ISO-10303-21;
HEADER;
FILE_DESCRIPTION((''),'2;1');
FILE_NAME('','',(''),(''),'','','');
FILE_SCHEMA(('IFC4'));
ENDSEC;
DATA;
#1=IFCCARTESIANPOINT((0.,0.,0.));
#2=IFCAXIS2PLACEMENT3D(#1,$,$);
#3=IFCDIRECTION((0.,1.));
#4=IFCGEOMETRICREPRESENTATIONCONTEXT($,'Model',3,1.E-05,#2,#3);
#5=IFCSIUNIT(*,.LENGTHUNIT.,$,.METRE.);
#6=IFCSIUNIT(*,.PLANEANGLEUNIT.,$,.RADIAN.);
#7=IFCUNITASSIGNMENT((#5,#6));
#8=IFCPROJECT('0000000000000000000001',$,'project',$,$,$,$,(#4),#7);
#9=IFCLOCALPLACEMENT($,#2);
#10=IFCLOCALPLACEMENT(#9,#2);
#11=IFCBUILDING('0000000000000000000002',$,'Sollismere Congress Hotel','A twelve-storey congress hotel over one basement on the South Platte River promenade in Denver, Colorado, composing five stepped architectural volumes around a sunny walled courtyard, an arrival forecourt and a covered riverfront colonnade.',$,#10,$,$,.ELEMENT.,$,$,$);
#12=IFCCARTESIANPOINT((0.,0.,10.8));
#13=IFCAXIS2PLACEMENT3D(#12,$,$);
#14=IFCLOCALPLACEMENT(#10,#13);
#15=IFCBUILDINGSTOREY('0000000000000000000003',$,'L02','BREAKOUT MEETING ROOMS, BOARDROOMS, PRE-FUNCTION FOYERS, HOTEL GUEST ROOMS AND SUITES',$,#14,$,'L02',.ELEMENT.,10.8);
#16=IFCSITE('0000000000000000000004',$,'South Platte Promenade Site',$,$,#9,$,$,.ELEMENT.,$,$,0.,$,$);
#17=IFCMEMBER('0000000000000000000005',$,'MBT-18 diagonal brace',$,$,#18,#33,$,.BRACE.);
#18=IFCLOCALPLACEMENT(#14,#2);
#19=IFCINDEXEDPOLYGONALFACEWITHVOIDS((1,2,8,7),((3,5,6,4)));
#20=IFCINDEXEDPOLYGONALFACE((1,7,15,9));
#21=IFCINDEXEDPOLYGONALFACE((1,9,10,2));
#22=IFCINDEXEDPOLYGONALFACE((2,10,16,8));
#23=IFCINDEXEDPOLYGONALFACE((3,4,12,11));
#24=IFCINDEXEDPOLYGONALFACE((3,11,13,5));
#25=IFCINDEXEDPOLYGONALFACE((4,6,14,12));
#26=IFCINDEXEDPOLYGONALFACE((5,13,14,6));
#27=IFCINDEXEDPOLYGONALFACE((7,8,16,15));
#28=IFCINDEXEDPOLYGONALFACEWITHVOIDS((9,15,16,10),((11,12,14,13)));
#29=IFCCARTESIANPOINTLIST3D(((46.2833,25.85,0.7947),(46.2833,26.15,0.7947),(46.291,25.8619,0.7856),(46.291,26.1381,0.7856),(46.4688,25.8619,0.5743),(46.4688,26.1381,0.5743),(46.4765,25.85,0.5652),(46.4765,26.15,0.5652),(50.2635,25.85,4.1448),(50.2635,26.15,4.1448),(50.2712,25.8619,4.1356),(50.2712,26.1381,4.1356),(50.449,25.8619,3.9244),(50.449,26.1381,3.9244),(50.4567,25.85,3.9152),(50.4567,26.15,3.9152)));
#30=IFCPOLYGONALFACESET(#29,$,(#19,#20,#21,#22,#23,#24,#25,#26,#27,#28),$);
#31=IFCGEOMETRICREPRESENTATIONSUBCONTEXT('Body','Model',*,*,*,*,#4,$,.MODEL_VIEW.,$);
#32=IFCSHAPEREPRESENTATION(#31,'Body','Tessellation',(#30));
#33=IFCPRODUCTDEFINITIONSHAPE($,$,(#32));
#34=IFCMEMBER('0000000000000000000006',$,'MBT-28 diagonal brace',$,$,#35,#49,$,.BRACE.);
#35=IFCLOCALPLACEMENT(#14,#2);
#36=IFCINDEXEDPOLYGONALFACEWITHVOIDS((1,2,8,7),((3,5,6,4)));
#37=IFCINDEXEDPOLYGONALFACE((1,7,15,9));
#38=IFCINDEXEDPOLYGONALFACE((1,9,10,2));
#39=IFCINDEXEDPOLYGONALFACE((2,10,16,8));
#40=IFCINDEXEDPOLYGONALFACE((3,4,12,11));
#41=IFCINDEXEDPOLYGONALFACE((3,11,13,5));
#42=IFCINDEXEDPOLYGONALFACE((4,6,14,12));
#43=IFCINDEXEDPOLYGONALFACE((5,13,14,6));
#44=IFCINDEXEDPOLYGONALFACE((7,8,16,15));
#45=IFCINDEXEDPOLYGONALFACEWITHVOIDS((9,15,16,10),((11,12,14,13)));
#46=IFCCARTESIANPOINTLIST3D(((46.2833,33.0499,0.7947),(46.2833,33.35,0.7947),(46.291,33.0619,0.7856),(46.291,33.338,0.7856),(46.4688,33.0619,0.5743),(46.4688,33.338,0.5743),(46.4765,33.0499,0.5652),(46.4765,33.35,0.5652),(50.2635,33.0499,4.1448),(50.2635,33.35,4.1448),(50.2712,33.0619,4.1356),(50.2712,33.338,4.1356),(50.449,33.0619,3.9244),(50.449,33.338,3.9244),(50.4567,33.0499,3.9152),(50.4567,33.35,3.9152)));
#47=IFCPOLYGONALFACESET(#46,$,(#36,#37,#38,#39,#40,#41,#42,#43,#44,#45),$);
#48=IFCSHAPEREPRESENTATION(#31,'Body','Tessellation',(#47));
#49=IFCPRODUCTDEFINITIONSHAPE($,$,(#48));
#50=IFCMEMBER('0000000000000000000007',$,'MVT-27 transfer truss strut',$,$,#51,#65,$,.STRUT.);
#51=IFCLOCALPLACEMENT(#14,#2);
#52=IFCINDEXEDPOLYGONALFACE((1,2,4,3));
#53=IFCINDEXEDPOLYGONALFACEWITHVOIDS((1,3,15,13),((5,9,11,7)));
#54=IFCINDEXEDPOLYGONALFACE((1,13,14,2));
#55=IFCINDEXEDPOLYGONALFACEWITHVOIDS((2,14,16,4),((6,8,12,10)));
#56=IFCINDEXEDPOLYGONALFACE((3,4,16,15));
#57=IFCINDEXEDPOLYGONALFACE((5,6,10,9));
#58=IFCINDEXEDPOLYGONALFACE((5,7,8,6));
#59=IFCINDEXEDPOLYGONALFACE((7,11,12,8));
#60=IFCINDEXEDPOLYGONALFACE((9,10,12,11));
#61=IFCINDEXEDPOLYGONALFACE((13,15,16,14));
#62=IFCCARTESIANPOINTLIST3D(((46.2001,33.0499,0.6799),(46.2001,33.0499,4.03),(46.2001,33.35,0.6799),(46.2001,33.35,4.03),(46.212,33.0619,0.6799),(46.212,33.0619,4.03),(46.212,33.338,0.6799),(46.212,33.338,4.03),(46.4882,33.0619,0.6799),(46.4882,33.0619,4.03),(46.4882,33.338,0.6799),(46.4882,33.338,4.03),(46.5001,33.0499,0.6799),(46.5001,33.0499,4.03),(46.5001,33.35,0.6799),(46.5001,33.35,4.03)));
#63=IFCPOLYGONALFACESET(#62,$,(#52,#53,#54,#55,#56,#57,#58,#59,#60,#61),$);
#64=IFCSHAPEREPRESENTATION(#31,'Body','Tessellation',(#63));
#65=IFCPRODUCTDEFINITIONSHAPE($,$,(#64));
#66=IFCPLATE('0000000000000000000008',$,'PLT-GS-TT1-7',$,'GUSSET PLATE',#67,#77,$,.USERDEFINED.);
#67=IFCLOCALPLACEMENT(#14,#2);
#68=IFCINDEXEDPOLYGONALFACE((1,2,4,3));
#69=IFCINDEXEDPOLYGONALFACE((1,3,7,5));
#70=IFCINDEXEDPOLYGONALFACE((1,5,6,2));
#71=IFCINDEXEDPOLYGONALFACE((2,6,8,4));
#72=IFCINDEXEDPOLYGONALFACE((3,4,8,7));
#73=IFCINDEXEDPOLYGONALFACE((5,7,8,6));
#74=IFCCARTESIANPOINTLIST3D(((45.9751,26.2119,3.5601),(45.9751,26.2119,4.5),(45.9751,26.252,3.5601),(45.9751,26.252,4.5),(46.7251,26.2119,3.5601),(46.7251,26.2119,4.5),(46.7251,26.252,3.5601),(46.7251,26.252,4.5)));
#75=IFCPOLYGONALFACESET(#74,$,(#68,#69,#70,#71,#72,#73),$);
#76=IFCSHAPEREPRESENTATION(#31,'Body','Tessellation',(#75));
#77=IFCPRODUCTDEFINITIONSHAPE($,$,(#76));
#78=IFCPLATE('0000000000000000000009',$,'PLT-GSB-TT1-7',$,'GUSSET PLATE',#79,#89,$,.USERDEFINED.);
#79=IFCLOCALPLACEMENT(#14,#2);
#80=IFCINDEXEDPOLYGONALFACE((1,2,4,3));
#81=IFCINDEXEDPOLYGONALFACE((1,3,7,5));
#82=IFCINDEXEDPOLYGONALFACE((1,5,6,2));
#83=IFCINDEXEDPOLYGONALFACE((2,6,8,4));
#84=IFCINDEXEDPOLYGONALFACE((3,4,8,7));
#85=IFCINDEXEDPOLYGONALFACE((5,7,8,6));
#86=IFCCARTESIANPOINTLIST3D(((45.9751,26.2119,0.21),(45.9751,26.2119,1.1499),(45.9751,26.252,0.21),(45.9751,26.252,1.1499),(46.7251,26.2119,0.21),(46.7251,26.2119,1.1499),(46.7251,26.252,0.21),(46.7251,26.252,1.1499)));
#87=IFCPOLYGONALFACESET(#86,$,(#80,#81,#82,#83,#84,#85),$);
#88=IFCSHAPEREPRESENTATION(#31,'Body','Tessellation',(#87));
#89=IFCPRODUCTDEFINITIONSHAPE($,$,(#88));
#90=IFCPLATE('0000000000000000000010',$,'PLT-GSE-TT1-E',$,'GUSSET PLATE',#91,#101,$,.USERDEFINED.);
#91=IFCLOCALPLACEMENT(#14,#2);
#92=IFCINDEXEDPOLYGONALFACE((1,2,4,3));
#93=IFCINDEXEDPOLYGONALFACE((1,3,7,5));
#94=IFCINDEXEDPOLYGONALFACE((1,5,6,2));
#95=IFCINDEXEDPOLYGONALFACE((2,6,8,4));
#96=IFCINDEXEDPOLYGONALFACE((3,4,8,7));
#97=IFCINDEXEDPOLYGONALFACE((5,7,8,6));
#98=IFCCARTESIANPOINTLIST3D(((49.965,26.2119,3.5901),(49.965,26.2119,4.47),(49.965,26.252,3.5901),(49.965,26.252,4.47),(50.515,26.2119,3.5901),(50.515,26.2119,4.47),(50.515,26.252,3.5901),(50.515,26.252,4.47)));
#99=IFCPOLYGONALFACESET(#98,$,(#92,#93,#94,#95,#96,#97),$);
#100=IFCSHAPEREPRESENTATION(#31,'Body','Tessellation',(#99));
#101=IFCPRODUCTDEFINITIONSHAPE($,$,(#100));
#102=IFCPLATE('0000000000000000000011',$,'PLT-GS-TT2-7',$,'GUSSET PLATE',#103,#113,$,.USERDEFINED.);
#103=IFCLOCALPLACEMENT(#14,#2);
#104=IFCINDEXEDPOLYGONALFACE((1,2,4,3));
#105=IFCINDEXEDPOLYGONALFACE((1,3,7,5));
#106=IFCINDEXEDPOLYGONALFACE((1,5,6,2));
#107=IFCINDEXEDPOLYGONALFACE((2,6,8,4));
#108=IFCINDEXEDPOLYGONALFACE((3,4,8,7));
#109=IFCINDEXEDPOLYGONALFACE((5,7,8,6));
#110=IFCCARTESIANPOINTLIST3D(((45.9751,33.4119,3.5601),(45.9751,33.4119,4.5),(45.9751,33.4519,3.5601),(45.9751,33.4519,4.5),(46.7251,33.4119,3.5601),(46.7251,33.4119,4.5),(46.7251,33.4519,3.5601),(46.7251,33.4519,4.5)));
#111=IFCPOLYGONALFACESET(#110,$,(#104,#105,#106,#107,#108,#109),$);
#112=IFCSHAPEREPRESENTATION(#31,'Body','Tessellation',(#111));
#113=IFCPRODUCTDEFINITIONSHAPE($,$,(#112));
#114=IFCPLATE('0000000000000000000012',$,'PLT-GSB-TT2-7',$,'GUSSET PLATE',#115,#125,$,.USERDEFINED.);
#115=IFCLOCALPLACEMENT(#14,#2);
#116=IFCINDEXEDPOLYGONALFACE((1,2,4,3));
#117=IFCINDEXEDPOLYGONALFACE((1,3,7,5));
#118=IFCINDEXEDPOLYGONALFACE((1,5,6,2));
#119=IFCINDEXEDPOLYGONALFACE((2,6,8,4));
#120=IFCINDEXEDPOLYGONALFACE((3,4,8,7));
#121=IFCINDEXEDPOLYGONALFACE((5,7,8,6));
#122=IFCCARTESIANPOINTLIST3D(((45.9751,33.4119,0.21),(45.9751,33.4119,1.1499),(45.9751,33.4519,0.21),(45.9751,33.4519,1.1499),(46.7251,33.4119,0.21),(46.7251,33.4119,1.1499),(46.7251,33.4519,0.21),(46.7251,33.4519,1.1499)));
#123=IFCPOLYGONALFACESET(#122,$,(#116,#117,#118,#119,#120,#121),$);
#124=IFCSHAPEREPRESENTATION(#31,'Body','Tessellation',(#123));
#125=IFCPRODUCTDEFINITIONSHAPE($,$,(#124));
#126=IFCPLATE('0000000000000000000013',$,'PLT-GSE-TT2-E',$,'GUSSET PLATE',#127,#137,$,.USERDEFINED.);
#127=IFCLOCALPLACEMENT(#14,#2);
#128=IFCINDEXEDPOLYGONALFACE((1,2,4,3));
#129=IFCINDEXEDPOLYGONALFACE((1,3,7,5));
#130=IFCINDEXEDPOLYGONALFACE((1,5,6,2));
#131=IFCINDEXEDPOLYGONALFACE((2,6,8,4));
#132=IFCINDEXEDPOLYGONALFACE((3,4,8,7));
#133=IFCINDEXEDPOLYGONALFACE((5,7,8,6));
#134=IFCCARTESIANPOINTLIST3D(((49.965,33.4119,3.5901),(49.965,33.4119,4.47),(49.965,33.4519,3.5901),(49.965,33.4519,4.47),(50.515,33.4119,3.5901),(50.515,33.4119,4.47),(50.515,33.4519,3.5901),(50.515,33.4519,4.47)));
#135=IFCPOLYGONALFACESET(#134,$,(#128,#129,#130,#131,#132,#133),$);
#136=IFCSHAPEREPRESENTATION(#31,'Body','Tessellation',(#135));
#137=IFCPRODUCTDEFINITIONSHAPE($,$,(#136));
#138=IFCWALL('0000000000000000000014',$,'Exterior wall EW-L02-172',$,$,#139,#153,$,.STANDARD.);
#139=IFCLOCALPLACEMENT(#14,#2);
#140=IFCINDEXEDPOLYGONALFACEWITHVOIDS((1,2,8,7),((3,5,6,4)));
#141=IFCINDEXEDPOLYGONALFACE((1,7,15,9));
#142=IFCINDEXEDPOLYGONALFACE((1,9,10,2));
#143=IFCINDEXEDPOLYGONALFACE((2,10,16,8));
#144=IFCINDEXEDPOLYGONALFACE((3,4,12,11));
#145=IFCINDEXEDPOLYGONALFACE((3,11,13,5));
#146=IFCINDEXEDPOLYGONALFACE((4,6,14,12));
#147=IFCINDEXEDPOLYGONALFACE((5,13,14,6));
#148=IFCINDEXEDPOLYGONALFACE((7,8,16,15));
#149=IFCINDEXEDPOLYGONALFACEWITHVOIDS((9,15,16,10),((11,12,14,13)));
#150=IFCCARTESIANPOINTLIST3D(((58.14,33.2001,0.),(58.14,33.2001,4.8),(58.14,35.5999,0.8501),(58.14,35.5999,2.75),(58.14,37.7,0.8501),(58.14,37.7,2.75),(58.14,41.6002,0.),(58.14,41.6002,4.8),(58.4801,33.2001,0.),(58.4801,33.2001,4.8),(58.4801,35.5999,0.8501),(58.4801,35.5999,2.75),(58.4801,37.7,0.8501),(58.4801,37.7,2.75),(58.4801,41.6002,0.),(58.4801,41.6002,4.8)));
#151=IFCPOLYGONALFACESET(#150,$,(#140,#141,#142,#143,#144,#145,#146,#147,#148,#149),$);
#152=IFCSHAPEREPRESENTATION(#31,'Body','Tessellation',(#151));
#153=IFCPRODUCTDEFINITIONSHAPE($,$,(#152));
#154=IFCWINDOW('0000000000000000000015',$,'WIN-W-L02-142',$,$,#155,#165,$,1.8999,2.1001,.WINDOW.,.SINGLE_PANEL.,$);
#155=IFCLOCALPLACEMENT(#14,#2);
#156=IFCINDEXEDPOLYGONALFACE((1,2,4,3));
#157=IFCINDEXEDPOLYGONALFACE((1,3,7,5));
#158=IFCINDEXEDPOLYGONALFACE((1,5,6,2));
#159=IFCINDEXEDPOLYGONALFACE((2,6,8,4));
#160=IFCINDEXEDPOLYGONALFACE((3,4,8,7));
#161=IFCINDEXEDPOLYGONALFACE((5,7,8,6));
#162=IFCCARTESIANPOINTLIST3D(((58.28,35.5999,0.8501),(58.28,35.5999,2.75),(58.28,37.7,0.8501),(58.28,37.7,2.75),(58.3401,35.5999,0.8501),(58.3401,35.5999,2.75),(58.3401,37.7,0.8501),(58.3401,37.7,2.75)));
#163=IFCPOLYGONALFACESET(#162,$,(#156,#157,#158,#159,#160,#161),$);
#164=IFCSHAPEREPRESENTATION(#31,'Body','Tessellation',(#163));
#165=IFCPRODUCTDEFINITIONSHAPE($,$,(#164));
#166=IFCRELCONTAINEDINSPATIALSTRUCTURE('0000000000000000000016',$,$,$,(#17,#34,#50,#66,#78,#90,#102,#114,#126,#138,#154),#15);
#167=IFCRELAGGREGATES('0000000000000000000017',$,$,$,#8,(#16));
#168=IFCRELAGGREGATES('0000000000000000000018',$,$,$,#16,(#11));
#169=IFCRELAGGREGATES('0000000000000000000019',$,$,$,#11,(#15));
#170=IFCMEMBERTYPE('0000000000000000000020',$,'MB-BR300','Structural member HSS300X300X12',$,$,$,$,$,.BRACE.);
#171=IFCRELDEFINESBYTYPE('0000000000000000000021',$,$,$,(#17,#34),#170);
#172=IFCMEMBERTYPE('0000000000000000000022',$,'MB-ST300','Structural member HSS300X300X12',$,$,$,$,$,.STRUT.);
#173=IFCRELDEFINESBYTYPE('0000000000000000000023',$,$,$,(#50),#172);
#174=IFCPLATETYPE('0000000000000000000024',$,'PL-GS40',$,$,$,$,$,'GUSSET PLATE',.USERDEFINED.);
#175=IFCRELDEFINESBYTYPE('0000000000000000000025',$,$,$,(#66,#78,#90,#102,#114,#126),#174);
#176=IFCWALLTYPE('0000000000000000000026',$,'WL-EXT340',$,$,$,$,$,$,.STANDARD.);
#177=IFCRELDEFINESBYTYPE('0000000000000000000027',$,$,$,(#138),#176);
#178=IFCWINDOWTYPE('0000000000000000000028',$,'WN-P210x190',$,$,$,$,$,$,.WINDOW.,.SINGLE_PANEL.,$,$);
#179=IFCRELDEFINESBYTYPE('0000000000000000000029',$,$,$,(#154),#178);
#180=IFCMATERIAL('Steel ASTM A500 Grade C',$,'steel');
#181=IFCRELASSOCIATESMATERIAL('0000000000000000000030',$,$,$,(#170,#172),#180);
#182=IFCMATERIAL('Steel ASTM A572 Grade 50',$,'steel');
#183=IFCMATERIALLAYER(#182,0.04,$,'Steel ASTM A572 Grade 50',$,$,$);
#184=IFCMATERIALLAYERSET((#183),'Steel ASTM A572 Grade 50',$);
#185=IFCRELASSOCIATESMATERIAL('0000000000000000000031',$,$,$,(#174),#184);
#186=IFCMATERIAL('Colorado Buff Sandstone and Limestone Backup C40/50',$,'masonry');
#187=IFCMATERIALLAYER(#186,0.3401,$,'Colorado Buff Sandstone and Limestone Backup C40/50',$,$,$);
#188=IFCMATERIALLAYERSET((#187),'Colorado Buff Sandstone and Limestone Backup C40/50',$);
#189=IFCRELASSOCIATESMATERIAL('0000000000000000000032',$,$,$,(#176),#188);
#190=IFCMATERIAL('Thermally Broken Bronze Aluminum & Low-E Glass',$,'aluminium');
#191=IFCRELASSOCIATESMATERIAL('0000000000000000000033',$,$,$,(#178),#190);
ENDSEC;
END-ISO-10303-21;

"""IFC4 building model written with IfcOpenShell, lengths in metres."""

from ifc_helpers import new_model, si_unit, direction, frame, frame_2d, origin, origin_2d, place, context, subcontext, project, spatial, rectangle, hollow_rectangle, extrude, material, layer, layer_set, material_profile, profile_set, type_object, element, fill, save


model = new_model("IFC4")

# Units and contexts
model_context = context("Model", 3, precision=1e-05, world=origin(), true_north=direction((0.0, 1.0)))
body_context = subcontext(model_context, "Body", "Model", "MODEL_VIEW")
ifc_project = project(units=[si_unit("LENGTHUNIT", "METRE"), si_unit("PLANEANGLEUNIT", "RADIAN")], contexts=[model_context])

# Site, building, storey
site_placement = place(None, origin())
site = spatial("IfcSite", under=ifc_project, at=site_placement, Name="South Platte Promenade Site", CompositionType="ELEMENT", RefElevation=0.0)
building_placement = place(site_placement, origin())
building = spatial("IfcBuilding", under=site, at=building_placement, Name="Sollismere Congress Hotel", Description="A twelve-storey congress hotel over one basement on the South Platte River promenade in Denver, Colorado, composing five stepped architectural volumes around a sunny walled courtyard, an arrival forecourt and a covered riverfront colonnade.", CompositionType="ELEMENT")
storey_placement = place(building_placement, frame((0.0, 0.0, 10.8)))
storey = spatial("IfcBuildingStorey", under=building, at=storey_placement, Name="L02", Description="BREAKOUT MEETING ROOMS, BOARDROOMS, PRE-FUNCTION FOYERS, HOTEL GUEST ROOMS AND SUITES", LongName="L02", CompositionType="ELEMENT", Elevation=10.8)

# Members
ifc_material_1 = material(Name="Steel ASTM A500 Grade C", Category="steel")
ifc_material_profile_1 = material_profile(ifc_material_1, hollow_rectangle(XDim=0.3, YDim=0.3, WallThickness=0.012, at=origin_2d()), Name="HSS300X300X12")
ifc_profile_set_1 = profile_set([ifc_material_profile_1], Name="Steel ASTM A500 Grade C")
member_type_1 = type_object("IfcMemberType", Name="MB-BR300", Description="Structural member HSS300X300X12", PredefinedType="BRACE", material=ifc_profile_set_1)
for number, where, z_axis, x_axis, name in (
    (1, (46.3799, 26.0, 0.6799), (0.765069, 0.0, 0.643948), (0.0, 1.0, 0.0), "MBT-18 diagonal brace"),
    (2, (46.3799, 33.2, 0.6799), (0.765069, 0.0, 0.643948), (0.0, 1.0, 0.0), "MBT-28 diagonal brace"),
):
    element("IfcMember", number, at=place(storey_placement, frame(where, z_axis=z_axis, x_axis=x_axis)), inside=storey, type_object=member_type_1, Name=name, PredefinedType="BRACE", context=body_context, shape_type="SweptSolid", body=[
        extrude(hollow_rectangle(XDim=0.3, YDim=0.3, WallThickness=0.012, at=origin_2d()), origin(), (0.0, 0.0, 1.0), 5.2024),
    ])
ifc_material_profile_2 = material_profile(ifc_material_1, hollow_rectangle(XDim=0.3, YDim=0.3, WallThickness=0.012, at=origin_2d()), Name="HSS300X300X12")
ifc_profile_set_2 = profile_set([ifc_material_profile_2], Name="Steel ASTM A500 Grade C")
member_type_2 = type_object("IfcMemberType", Name="MB-ST300", Description="Structural member HSS300X300X12", PredefinedType="STRUT", material=ifc_profile_set_2)
member_placement = place(storey_placement, frame((46.3501, 33.2, 0.6799), z_axis=(0.0, 0.0, 1.0), x_axis=(1.0, 0.0, 0.0)))
element("IfcMember", 3, at=member_placement, inside=storey, type_object=member_type_2, Name="MVT-27 transfer truss strut", PredefinedType="STRUT", context=body_context, shape_type="SweptSolid", body=[
    extrude(hollow_rectangle(XDim=0.3, YDim=0.3, WallThickness=0.012, at=origin_2d()), origin(), (0.0, 0.0, 1.0), 3.3501),
])

# Plates
ifc_material_2 = material(Name="Steel ASTM A572 Grade 50", Category="steel")
ifc_layer_1 = layer(ifc_material_2, 0.04, Name="Steel ASTM A572 Grade 50")
ifc_layer_set_1 = layer_set([ifc_layer_1], Name="Steel ASTM A572 Grade 50")
plate_type = type_object("IfcPlateType", Name="PL-GS40", ElementType="GUSSET PLATE", PredefinedType="USERDEFINED", material=ifc_layer_set_1)
for number, where, z_axis, x_axis, name in (
    (4, (46.3501, 26.2319, 3.5601), (0.0, 0.0, 1.0), (1.0, 0.0, 0.0), "PLT-GS-TT1-7"),
    (5, (46.3501, 26.2319, 0.21), (0.0, 0.0, 1.0), (1.0, 0.0, 0.0), "PLT-GSB-TT1-7"),
):
    element("IfcPlate", number, at=place(storey_placement, frame(where, z_axis=z_axis, x_axis=x_axis)), inside=storey, type_object=plate_type, Name=name, ObjectType="GUSSET PLATE", PredefinedType="USERDEFINED", context=body_context, shape_type="SweptSolid", body=[
        extrude(rectangle(XDim=0.75, YDim=0.04, at=origin_2d()), origin(), (0.0, 0.0, 1.0), 0.9399),
    ])
plate_1_placement = place(storey_placement, frame((50.24, 26.2319, 3.5901), z_axis=(0.0, 0.0, 1.0), x_axis=(1.0, 0.0, 0.0)))
element("IfcPlate", 6, at=plate_1_placement, inside=storey, type_object=plate_type, Name="PLT-GSE-TT1-E", ObjectType="GUSSET PLATE", PredefinedType="USERDEFINED", context=body_context, shape_type="SweptSolid", body=[
    extrude(rectangle(XDim=0.55, YDim=0.04, at=origin_2d()), origin(), (0.0, 0.0, 1.0), 0.8799),
])
for number, where, z_axis, x_axis, name in (
    (7, (46.3501, 33.4319, 3.5601), (0.0, 0.0, 1.0), (1.0, 0.0, 0.0), "PLT-GS-TT2-7"),
    (8, (46.3501, 33.4319, 0.21), (0.0, 0.0, 1.0), (1.0, 0.0, 0.0), "PLT-GSB-TT2-7"),
):
    element("IfcPlate", number, at=place(storey_placement, frame(where, z_axis=z_axis, x_axis=x_axis)), inside=storey, type_object=plate_type, Name=name, ObjectType="GUSSET PLATE", PredefinedType="USERDEFINED", context=body_context, shape_type="SweptSolid", body=[
        extrude(rectangle(XDim=0.75, YDim=0.04, at=origin_2d()), origin(), (0.0, 0.0, 1.0), 0.9399),
    ])
plate_2_placement = place(storey_placement, frame((50.24, 33.4319, 3.5901), z_axis=(0.0, 0.0, 1.0), x_axis=(1.0, 0.0, 0.0)))
element("IfcPlate", 9, at=plate_2_placement, inside=storey, type_object=plate_type, Name="PLT-GSE-TT2-E", ObjectType="GUSSET PLATE", PredefinedType="USERDEFINED", context=body_context, shape_type="SweptSolid", body=[
    extrude(rectangle(XDim=0.55, YDim=0.04, at=origin_2d()), origin(), (0.0, 0.0, 1.0), 0.8799),
])

# Wall, opening, window
ifc_material_3 = material(Name="Colorado Buff Sandstone and Limestone Backup C40/50", Category="masonry")
ifc_layer_2 = layer(ifc_material_3, 0.3401, Name="Colorado Buff Sandstone and Limestone Backup C40/50")
ifc_layer_set_2 = layer_set([ifc_layer_2], Name="Colorado Buff Sandstone and Limestone Backup C40/50")
wall_type = type_object("IfcWallType", Name="WL-EXT340", PredefinedType="STANDARD", material=ifc_layer_set_2)
wall_placement = place(storey_placement, frame((58.3101, 33.2, 0.0), z_axis=(0.0, 0.0, 1.0), x_axis=(0.0, 1.0, 0.0)))
wall = element("IfcWall", 10, at=wall_placement, inside=storey, type_object=wall_type, Name="Exterior wall EW-L02-172", PredefinedType="STANDARD", context=body_context, shape_type="SweptSolid", body=[
    extrude(rectangle(XDim=8.4001, YDim=0.3401, at=frame_2d((4.2002, 0.0))), origin(), (0.0, 0.0, 1.0), 4.8),
])
opening_placement = place(wall_placement, frame((2.3999, 0.0, 0.8501)))
opening = element("IfcOpeningElement", 11, at=opening_placement, cuts=wall, PredefinedType="OPENING", context=body_context, shape_type="SweptSolid", body=[
    extrude(rectangle(XDim=2.1001, YDim=1.8999, at=frame_2d((1.05, 0.95))), frame((0.0, 0.1799, 0.0), z_axis=(0.0, -1.0, 0.0), x_axis=(1.0, 0.0, 0.0)), (0.0, 0.0, 1.0), 0.3601),
])
ifc_material_4 = material(Name="Thermally Broken Bronze Aluminum & Low-E Glass", Category="aluminium")
window_type = type_object("IfcWindowType", Name="WN-P210x190", PartitioningType="SINGLE_PANEL", PredefinedType="WINDOW", material=ifc_material_4)
window_placement = place(opening_placement, origin())
window = element("IfcWindow", 12, at=window_placement, inside=storey, type_object=window_type, Name="WIN-W-L02-142", OverallHeight=1.8999, OverallWidth=2.1001, PartitioningType="SINGLE_PANEL", PredefinedType="WINDOW", context=body_context, shape_type="SweptSolid", body=[
    extrude(rectangle(XDim=2.1001, YDim=1.8999, at=frame_2d((1.05, 0.95))), frame((0.0, 0.03, 0.0), z_axis=(0.0, -1.0, 0.0), x_axis=(1.0, 0.0, 0.0)), (0.0, 0.0, 1.0), 0.0601),
])
fill(opening, window)

save(model, "model.ifc")
